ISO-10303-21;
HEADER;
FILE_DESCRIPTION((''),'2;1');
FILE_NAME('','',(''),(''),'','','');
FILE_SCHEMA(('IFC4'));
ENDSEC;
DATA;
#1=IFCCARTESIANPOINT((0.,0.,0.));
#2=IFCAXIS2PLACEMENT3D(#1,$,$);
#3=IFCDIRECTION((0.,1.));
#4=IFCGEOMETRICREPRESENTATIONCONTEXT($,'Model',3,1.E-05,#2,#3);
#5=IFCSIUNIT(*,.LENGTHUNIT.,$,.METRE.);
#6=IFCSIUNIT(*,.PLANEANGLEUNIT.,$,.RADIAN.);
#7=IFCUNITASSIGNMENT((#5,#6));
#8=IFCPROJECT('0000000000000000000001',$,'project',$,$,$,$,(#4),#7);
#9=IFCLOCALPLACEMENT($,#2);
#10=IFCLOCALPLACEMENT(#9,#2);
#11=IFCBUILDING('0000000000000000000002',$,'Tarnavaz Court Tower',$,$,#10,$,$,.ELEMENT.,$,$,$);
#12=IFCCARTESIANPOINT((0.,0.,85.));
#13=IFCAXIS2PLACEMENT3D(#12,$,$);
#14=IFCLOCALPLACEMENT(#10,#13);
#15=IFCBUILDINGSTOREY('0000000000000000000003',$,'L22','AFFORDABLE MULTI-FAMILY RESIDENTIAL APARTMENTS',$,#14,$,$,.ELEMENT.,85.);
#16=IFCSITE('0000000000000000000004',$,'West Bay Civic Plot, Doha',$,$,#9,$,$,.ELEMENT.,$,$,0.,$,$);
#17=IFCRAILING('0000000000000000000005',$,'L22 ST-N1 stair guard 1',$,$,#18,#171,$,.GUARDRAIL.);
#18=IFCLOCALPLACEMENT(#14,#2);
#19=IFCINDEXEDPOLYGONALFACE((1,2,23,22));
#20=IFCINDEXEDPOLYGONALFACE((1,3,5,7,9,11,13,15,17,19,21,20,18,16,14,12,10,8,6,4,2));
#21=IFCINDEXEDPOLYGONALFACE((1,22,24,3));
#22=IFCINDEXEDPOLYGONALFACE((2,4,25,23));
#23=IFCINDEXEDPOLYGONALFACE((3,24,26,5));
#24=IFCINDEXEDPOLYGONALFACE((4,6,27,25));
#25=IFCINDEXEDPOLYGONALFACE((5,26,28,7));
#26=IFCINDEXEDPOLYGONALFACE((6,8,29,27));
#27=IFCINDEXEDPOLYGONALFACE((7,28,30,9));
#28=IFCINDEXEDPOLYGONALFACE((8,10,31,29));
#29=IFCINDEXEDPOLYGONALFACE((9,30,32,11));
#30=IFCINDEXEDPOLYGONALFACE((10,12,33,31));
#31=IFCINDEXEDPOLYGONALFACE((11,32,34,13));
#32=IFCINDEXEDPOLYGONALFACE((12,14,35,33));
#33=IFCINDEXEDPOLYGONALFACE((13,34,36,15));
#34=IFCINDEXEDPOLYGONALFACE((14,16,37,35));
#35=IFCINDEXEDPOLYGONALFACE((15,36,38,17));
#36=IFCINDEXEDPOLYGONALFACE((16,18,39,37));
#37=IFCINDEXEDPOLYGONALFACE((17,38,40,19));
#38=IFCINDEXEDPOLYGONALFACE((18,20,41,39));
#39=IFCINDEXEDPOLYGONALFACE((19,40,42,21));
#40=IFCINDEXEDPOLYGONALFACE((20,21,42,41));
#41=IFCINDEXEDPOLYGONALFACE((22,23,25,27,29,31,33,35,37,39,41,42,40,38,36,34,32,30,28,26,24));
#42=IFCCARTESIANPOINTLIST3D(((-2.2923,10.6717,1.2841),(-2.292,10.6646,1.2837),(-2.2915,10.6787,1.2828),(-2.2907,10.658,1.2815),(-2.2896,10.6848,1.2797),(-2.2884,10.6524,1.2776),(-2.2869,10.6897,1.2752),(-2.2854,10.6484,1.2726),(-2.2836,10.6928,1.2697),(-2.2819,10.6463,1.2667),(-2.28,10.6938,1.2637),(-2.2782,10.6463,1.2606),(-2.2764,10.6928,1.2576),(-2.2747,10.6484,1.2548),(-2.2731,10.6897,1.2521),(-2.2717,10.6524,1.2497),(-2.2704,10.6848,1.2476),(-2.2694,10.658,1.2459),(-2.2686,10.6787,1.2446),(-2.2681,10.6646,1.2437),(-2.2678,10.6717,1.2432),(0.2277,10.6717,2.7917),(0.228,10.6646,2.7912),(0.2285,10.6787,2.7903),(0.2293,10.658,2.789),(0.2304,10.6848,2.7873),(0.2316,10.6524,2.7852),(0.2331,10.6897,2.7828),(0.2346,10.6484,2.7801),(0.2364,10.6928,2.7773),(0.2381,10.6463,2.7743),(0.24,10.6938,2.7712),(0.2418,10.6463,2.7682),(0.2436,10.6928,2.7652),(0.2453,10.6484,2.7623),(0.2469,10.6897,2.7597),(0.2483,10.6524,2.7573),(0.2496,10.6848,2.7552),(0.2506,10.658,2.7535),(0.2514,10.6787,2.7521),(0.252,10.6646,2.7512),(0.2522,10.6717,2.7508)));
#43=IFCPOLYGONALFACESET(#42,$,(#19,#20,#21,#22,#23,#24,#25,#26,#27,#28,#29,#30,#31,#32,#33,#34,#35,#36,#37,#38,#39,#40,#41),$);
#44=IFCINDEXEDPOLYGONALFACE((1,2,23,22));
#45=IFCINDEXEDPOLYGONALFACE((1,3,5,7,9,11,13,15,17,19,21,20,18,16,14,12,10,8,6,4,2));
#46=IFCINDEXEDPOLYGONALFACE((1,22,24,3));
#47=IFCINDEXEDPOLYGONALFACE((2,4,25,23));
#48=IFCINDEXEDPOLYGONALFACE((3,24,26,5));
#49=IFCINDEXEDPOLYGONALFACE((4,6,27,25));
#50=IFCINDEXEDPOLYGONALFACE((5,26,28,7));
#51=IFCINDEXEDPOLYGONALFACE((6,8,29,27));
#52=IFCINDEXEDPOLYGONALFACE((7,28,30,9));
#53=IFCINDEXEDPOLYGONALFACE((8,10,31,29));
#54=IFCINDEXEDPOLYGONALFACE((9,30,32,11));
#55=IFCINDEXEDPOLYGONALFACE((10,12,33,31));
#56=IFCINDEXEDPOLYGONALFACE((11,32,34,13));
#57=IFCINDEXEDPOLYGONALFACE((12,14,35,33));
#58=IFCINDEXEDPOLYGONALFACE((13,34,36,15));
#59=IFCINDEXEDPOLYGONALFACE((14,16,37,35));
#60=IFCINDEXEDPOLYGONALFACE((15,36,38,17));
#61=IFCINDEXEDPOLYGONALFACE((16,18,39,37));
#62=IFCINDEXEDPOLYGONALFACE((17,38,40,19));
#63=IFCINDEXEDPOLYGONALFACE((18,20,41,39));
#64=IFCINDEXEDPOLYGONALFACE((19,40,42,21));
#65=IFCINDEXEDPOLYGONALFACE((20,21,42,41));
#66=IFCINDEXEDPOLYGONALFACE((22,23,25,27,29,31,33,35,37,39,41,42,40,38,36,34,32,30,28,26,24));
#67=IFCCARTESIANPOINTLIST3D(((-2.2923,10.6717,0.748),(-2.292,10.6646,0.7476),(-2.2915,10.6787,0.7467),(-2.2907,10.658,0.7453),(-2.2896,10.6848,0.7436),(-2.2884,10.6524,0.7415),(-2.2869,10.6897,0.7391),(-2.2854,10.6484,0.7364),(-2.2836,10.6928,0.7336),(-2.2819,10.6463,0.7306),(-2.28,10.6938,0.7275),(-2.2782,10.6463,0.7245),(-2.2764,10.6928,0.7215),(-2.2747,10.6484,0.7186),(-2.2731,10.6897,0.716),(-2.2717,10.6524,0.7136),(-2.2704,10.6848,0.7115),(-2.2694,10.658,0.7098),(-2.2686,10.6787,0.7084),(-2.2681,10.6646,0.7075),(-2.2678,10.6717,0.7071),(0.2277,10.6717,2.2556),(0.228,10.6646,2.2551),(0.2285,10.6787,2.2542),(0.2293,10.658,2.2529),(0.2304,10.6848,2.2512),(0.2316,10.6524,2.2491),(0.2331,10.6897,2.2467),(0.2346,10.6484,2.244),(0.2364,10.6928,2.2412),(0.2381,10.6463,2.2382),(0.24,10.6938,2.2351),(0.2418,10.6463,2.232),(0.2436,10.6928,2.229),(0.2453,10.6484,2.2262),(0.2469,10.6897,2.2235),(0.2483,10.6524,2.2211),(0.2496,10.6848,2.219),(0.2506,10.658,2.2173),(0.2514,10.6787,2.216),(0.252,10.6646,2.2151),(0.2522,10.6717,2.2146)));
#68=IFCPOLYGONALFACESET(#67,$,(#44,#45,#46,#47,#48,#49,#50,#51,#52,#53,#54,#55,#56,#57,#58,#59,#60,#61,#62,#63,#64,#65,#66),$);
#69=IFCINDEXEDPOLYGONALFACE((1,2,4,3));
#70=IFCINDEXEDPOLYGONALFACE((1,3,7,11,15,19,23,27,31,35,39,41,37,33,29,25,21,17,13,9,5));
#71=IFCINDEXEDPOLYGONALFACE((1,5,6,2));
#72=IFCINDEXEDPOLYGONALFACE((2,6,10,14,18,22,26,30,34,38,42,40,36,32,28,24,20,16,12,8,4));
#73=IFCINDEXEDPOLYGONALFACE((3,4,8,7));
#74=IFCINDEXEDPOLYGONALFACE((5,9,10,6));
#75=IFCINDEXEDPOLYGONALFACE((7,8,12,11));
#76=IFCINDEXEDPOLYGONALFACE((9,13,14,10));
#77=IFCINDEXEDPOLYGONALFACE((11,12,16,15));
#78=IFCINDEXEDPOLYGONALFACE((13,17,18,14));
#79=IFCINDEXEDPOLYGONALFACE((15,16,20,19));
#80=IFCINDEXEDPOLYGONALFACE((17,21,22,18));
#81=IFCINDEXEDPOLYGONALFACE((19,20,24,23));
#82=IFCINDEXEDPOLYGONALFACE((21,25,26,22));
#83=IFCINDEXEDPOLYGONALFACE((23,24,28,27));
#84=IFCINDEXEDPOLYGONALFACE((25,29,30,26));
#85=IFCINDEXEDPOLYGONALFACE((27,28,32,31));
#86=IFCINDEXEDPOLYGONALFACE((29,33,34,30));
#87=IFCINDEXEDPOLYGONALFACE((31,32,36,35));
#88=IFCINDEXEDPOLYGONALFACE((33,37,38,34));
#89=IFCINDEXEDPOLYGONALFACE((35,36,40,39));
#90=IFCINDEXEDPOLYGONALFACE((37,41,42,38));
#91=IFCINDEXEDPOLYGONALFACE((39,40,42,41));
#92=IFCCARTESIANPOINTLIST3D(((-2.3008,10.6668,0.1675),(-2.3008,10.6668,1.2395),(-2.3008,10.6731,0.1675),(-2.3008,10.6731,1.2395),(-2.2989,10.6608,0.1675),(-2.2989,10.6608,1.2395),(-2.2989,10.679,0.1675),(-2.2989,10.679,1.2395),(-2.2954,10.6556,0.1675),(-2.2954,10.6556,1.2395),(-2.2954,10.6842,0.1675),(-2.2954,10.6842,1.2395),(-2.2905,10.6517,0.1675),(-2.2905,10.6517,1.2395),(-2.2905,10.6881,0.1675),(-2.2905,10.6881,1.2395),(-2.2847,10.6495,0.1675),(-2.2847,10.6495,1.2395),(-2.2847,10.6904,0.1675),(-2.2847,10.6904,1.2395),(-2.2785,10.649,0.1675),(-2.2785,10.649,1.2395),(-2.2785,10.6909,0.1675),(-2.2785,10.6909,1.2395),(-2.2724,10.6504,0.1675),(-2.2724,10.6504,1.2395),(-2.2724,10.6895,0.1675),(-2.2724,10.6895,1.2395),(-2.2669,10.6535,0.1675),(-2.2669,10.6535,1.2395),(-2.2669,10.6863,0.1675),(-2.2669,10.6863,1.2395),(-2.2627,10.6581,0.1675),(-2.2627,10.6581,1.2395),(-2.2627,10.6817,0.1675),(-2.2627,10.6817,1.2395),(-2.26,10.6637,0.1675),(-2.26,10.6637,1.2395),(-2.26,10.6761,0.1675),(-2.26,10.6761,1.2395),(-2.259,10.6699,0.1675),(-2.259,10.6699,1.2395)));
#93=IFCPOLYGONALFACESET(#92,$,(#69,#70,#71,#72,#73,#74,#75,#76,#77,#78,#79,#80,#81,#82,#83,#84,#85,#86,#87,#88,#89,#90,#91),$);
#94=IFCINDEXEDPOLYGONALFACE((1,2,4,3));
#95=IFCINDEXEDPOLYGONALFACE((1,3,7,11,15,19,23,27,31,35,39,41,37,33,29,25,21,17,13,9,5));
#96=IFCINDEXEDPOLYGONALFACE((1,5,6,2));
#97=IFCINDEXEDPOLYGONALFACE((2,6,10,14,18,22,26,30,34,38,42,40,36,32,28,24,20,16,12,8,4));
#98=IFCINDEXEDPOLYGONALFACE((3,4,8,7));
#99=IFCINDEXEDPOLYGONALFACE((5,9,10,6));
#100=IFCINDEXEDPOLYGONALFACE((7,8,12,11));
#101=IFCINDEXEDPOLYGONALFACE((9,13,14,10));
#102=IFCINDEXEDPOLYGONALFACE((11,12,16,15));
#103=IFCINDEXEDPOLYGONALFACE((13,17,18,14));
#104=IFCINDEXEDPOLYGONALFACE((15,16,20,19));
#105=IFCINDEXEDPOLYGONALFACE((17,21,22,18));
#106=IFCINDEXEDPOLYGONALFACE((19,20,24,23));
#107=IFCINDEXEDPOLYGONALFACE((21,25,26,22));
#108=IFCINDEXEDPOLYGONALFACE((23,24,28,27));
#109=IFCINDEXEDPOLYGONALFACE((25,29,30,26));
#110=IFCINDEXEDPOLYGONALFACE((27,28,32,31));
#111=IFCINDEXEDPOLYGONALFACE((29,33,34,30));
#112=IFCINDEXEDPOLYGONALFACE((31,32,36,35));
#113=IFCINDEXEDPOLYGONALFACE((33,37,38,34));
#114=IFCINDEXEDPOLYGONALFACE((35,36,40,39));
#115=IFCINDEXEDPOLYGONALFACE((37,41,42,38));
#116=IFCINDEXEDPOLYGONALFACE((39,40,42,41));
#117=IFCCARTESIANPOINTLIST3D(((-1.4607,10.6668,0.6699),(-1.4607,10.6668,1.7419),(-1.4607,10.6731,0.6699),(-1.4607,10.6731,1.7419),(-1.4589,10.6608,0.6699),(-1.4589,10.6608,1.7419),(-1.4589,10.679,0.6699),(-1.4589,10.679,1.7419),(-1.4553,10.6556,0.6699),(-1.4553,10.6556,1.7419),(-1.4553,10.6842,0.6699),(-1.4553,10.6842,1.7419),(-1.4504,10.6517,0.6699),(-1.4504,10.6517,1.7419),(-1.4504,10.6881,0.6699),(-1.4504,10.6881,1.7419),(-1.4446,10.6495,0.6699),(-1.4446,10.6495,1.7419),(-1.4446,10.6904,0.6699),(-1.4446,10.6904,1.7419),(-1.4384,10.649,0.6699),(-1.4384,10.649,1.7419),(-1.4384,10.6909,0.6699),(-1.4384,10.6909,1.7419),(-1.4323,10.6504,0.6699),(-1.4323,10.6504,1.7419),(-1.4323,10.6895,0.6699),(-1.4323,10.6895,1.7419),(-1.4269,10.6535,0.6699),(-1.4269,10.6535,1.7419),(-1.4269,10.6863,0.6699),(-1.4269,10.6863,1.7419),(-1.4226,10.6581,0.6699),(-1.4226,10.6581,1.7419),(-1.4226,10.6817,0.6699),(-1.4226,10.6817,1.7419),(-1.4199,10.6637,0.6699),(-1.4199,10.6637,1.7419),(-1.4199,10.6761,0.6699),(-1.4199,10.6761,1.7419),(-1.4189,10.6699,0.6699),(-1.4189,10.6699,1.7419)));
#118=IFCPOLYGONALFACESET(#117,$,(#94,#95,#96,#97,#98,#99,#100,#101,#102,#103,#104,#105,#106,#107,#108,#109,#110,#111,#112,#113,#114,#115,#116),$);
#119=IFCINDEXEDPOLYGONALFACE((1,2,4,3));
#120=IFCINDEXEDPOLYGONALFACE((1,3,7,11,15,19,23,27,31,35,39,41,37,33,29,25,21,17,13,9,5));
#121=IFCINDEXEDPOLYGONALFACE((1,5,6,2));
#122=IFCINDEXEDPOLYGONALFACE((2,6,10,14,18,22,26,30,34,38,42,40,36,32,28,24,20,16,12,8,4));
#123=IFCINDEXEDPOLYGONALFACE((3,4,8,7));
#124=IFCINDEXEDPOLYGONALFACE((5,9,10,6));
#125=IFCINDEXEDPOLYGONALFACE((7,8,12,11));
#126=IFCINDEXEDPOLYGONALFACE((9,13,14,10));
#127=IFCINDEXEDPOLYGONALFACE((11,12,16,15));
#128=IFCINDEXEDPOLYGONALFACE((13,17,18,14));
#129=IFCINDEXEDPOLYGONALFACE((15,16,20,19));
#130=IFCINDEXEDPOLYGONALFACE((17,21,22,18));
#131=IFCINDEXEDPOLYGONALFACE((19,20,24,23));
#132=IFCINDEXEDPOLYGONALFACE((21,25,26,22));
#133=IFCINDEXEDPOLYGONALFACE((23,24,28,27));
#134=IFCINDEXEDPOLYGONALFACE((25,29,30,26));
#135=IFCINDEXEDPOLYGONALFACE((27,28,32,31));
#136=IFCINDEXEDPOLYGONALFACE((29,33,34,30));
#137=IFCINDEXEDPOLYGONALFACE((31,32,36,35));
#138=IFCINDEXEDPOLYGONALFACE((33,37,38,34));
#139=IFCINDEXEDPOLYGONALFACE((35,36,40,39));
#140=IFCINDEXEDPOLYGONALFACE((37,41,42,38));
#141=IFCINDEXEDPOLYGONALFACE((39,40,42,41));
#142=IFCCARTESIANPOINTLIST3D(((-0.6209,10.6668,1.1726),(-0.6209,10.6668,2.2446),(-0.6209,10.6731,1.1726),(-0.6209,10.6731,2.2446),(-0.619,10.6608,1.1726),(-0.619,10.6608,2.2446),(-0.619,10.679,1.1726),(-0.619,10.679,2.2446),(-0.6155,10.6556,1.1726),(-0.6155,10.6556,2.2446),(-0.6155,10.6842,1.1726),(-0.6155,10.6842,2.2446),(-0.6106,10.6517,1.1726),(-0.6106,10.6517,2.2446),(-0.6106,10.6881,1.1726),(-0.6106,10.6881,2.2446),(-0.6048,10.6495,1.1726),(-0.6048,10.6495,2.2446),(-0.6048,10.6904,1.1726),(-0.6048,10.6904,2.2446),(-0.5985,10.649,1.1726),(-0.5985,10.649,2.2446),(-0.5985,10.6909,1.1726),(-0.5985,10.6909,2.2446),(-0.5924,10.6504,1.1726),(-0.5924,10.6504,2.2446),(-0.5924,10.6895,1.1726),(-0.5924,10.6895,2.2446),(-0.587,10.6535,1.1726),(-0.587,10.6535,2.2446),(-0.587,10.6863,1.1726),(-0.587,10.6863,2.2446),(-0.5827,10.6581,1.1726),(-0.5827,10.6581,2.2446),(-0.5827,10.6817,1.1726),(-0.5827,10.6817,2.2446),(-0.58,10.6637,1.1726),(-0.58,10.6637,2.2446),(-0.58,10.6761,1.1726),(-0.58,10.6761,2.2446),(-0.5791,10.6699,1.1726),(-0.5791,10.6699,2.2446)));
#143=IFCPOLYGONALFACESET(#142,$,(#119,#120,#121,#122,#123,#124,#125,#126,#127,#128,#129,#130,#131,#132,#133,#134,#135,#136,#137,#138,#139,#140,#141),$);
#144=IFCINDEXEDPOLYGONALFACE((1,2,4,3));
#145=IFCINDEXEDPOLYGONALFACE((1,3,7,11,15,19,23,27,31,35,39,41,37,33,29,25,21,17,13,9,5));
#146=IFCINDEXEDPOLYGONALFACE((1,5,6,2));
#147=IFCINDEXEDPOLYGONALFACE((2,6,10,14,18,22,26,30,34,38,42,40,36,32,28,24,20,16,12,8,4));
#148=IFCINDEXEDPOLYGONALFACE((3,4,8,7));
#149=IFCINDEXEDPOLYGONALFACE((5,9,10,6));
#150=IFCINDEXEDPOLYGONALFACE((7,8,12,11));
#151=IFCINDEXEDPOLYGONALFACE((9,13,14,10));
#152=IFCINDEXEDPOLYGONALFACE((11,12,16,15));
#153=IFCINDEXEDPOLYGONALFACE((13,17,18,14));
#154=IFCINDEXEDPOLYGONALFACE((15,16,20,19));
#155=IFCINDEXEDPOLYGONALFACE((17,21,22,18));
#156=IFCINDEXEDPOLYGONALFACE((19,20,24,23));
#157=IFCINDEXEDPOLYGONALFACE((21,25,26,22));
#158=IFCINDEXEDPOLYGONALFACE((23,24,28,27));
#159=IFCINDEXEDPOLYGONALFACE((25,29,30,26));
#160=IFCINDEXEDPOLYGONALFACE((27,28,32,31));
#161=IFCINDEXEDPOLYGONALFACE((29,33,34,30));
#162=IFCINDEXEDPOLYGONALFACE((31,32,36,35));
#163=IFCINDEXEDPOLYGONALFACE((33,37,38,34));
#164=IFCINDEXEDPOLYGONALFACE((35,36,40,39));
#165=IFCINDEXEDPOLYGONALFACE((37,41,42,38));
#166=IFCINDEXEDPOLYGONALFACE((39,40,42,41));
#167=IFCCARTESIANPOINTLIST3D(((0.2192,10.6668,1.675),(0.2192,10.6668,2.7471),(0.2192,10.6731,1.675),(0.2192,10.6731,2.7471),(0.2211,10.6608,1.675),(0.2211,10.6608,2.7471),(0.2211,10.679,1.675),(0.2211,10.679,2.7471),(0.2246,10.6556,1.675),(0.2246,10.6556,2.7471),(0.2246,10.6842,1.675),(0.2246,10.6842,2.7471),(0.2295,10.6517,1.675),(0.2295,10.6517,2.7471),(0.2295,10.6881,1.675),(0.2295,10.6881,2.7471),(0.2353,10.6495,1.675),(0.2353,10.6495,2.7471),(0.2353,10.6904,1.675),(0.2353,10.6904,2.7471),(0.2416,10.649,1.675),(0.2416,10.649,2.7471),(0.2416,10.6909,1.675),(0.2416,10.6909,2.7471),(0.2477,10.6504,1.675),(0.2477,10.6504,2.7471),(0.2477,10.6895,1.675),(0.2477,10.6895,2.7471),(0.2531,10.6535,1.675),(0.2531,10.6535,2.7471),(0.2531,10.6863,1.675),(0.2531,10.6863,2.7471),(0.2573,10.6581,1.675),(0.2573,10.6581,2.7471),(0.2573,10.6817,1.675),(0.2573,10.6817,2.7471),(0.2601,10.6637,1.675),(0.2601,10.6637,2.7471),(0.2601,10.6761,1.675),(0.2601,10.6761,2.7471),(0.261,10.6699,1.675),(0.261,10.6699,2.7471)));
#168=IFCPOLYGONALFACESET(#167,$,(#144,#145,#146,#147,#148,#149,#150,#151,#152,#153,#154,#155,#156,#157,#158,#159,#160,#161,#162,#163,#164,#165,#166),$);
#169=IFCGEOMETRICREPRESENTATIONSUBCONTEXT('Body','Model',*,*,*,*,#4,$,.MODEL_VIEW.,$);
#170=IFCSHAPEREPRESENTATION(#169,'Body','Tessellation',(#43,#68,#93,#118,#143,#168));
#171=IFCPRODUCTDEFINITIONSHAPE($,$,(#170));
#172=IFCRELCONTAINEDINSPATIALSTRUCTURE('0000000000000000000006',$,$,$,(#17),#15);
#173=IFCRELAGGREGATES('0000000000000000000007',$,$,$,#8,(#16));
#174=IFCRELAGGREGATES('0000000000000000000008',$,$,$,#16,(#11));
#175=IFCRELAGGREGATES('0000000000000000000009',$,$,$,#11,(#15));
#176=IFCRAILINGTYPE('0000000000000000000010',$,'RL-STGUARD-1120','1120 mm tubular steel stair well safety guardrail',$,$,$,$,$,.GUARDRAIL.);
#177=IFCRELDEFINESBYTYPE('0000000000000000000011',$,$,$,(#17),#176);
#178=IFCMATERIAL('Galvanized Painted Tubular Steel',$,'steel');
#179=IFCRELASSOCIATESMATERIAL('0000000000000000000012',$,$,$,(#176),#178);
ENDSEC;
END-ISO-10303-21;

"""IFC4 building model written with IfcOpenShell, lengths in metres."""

from ifc_helpers import new_model, si_unit, direction, frame, origin, origin_2d, place, context, subcontext, project, spatial, circle, extrude, material, type_object, element, save


model = new_model("IFC4")

# Units and contexts
model_context = context("Model", 3, precision=1e-05, world=origin(), true_north=direction((0.0, 1.0)))
body_context = subcontext(model_context, "Body", "Model", "MODEL_VIEW")
ifc_project = project(units=[si_unit("LENGTHUNIT", "METRE"), si_unit("PLANEANGLEUNIT", "RADIAN")], contexts=[model_context])

# Site, building, storey
site_placement = place(None, origin())
site = spatial("IfcSite", under=ifc_project, at=site_placement, Name="West Bay Civic Plot, Doha", CompositionType="ELEMENT", RefElevation=0.0)
building_placement = place(site_placement, origin())
building = spatial("IfcBuilding", under=site, at=building_placement, Name="Tarnavaz Court Tower", CompositionType="ELEMENT")
storey_placement = place(building_placement, frame((0.0, 0.0, 85.0)))
storey = spatial("IfcBuildingStorey", under=building, at=storey_placement, Name="L22", Description="AFFORDABLE MULTI-FAMILY RESIDENTIAL APARTMENTS", CompositionType="ELEMENT", Elevation=85.0)

# Railing
ifc_material_1 = material(Name="Galvanized Painted Tubular Steel", Category="steel")
railing_type_1 = type_object("IfcRailingType", Name="RL-STGUARD-1120", Description="1120 mm tubular steel stair well safety guardrail", PredefinedType="GUARDRAIL", material=ifc_material_1)
railing_1_placement = place(storey_placement, frame((-2.28, 10.6699, 0.1675)))
element("IfcRailing", 1, at=railing_1_placement, inside=storey, type_object=railing_type_1, Name="L22 ST-N1 stair guard 1", PredefinedType="GUARDRAIL", context=body_context, shape_type="SweptSolid", body=[
    extrude(circle(Radius=0.0239, at=origin_2d()), frame((0.0, 0.0, 1.0962), z_axis=(0.85816, 0.0, 0.513383), x_axis=(0.0, 1.0, 0.0)), (0.0, 0.0, 1.0), 2.9365),
    extrude(circle(Radius=0.0239, at=origin_2d()), frame((0.0, 0.0, 0.5601), z_axis=(0.85816, 0.0, 0.513383), x_axis=(0.0, 1.0, 0.0)), (0.0, 0.0, 1.0), 2.9365),
    extrude(circle(Radius=0.021, at=origin_2d()), origin(), (0.0, 0.0, 1.0), 1.072),
    extrude(circle(Radius=0.021, at=origin_2d()), frame((0.8401, 0.0, 0.5024)), (0.0, 0.0, 1.0), 1.072),
    extrude(circle(Radius=0.021, at=origin_2d()), frame((1.6799, 0.0, 1.0051)), (0.0, 0.0, 1.0), 1.072),
    extrude(circle(Radius=0.021, at=origin_2d()), frame((2.52, 0.0, 1.5076)), (0.0, 0.0, 1.0), 1.072),
])

save(model, "model.ifc")
